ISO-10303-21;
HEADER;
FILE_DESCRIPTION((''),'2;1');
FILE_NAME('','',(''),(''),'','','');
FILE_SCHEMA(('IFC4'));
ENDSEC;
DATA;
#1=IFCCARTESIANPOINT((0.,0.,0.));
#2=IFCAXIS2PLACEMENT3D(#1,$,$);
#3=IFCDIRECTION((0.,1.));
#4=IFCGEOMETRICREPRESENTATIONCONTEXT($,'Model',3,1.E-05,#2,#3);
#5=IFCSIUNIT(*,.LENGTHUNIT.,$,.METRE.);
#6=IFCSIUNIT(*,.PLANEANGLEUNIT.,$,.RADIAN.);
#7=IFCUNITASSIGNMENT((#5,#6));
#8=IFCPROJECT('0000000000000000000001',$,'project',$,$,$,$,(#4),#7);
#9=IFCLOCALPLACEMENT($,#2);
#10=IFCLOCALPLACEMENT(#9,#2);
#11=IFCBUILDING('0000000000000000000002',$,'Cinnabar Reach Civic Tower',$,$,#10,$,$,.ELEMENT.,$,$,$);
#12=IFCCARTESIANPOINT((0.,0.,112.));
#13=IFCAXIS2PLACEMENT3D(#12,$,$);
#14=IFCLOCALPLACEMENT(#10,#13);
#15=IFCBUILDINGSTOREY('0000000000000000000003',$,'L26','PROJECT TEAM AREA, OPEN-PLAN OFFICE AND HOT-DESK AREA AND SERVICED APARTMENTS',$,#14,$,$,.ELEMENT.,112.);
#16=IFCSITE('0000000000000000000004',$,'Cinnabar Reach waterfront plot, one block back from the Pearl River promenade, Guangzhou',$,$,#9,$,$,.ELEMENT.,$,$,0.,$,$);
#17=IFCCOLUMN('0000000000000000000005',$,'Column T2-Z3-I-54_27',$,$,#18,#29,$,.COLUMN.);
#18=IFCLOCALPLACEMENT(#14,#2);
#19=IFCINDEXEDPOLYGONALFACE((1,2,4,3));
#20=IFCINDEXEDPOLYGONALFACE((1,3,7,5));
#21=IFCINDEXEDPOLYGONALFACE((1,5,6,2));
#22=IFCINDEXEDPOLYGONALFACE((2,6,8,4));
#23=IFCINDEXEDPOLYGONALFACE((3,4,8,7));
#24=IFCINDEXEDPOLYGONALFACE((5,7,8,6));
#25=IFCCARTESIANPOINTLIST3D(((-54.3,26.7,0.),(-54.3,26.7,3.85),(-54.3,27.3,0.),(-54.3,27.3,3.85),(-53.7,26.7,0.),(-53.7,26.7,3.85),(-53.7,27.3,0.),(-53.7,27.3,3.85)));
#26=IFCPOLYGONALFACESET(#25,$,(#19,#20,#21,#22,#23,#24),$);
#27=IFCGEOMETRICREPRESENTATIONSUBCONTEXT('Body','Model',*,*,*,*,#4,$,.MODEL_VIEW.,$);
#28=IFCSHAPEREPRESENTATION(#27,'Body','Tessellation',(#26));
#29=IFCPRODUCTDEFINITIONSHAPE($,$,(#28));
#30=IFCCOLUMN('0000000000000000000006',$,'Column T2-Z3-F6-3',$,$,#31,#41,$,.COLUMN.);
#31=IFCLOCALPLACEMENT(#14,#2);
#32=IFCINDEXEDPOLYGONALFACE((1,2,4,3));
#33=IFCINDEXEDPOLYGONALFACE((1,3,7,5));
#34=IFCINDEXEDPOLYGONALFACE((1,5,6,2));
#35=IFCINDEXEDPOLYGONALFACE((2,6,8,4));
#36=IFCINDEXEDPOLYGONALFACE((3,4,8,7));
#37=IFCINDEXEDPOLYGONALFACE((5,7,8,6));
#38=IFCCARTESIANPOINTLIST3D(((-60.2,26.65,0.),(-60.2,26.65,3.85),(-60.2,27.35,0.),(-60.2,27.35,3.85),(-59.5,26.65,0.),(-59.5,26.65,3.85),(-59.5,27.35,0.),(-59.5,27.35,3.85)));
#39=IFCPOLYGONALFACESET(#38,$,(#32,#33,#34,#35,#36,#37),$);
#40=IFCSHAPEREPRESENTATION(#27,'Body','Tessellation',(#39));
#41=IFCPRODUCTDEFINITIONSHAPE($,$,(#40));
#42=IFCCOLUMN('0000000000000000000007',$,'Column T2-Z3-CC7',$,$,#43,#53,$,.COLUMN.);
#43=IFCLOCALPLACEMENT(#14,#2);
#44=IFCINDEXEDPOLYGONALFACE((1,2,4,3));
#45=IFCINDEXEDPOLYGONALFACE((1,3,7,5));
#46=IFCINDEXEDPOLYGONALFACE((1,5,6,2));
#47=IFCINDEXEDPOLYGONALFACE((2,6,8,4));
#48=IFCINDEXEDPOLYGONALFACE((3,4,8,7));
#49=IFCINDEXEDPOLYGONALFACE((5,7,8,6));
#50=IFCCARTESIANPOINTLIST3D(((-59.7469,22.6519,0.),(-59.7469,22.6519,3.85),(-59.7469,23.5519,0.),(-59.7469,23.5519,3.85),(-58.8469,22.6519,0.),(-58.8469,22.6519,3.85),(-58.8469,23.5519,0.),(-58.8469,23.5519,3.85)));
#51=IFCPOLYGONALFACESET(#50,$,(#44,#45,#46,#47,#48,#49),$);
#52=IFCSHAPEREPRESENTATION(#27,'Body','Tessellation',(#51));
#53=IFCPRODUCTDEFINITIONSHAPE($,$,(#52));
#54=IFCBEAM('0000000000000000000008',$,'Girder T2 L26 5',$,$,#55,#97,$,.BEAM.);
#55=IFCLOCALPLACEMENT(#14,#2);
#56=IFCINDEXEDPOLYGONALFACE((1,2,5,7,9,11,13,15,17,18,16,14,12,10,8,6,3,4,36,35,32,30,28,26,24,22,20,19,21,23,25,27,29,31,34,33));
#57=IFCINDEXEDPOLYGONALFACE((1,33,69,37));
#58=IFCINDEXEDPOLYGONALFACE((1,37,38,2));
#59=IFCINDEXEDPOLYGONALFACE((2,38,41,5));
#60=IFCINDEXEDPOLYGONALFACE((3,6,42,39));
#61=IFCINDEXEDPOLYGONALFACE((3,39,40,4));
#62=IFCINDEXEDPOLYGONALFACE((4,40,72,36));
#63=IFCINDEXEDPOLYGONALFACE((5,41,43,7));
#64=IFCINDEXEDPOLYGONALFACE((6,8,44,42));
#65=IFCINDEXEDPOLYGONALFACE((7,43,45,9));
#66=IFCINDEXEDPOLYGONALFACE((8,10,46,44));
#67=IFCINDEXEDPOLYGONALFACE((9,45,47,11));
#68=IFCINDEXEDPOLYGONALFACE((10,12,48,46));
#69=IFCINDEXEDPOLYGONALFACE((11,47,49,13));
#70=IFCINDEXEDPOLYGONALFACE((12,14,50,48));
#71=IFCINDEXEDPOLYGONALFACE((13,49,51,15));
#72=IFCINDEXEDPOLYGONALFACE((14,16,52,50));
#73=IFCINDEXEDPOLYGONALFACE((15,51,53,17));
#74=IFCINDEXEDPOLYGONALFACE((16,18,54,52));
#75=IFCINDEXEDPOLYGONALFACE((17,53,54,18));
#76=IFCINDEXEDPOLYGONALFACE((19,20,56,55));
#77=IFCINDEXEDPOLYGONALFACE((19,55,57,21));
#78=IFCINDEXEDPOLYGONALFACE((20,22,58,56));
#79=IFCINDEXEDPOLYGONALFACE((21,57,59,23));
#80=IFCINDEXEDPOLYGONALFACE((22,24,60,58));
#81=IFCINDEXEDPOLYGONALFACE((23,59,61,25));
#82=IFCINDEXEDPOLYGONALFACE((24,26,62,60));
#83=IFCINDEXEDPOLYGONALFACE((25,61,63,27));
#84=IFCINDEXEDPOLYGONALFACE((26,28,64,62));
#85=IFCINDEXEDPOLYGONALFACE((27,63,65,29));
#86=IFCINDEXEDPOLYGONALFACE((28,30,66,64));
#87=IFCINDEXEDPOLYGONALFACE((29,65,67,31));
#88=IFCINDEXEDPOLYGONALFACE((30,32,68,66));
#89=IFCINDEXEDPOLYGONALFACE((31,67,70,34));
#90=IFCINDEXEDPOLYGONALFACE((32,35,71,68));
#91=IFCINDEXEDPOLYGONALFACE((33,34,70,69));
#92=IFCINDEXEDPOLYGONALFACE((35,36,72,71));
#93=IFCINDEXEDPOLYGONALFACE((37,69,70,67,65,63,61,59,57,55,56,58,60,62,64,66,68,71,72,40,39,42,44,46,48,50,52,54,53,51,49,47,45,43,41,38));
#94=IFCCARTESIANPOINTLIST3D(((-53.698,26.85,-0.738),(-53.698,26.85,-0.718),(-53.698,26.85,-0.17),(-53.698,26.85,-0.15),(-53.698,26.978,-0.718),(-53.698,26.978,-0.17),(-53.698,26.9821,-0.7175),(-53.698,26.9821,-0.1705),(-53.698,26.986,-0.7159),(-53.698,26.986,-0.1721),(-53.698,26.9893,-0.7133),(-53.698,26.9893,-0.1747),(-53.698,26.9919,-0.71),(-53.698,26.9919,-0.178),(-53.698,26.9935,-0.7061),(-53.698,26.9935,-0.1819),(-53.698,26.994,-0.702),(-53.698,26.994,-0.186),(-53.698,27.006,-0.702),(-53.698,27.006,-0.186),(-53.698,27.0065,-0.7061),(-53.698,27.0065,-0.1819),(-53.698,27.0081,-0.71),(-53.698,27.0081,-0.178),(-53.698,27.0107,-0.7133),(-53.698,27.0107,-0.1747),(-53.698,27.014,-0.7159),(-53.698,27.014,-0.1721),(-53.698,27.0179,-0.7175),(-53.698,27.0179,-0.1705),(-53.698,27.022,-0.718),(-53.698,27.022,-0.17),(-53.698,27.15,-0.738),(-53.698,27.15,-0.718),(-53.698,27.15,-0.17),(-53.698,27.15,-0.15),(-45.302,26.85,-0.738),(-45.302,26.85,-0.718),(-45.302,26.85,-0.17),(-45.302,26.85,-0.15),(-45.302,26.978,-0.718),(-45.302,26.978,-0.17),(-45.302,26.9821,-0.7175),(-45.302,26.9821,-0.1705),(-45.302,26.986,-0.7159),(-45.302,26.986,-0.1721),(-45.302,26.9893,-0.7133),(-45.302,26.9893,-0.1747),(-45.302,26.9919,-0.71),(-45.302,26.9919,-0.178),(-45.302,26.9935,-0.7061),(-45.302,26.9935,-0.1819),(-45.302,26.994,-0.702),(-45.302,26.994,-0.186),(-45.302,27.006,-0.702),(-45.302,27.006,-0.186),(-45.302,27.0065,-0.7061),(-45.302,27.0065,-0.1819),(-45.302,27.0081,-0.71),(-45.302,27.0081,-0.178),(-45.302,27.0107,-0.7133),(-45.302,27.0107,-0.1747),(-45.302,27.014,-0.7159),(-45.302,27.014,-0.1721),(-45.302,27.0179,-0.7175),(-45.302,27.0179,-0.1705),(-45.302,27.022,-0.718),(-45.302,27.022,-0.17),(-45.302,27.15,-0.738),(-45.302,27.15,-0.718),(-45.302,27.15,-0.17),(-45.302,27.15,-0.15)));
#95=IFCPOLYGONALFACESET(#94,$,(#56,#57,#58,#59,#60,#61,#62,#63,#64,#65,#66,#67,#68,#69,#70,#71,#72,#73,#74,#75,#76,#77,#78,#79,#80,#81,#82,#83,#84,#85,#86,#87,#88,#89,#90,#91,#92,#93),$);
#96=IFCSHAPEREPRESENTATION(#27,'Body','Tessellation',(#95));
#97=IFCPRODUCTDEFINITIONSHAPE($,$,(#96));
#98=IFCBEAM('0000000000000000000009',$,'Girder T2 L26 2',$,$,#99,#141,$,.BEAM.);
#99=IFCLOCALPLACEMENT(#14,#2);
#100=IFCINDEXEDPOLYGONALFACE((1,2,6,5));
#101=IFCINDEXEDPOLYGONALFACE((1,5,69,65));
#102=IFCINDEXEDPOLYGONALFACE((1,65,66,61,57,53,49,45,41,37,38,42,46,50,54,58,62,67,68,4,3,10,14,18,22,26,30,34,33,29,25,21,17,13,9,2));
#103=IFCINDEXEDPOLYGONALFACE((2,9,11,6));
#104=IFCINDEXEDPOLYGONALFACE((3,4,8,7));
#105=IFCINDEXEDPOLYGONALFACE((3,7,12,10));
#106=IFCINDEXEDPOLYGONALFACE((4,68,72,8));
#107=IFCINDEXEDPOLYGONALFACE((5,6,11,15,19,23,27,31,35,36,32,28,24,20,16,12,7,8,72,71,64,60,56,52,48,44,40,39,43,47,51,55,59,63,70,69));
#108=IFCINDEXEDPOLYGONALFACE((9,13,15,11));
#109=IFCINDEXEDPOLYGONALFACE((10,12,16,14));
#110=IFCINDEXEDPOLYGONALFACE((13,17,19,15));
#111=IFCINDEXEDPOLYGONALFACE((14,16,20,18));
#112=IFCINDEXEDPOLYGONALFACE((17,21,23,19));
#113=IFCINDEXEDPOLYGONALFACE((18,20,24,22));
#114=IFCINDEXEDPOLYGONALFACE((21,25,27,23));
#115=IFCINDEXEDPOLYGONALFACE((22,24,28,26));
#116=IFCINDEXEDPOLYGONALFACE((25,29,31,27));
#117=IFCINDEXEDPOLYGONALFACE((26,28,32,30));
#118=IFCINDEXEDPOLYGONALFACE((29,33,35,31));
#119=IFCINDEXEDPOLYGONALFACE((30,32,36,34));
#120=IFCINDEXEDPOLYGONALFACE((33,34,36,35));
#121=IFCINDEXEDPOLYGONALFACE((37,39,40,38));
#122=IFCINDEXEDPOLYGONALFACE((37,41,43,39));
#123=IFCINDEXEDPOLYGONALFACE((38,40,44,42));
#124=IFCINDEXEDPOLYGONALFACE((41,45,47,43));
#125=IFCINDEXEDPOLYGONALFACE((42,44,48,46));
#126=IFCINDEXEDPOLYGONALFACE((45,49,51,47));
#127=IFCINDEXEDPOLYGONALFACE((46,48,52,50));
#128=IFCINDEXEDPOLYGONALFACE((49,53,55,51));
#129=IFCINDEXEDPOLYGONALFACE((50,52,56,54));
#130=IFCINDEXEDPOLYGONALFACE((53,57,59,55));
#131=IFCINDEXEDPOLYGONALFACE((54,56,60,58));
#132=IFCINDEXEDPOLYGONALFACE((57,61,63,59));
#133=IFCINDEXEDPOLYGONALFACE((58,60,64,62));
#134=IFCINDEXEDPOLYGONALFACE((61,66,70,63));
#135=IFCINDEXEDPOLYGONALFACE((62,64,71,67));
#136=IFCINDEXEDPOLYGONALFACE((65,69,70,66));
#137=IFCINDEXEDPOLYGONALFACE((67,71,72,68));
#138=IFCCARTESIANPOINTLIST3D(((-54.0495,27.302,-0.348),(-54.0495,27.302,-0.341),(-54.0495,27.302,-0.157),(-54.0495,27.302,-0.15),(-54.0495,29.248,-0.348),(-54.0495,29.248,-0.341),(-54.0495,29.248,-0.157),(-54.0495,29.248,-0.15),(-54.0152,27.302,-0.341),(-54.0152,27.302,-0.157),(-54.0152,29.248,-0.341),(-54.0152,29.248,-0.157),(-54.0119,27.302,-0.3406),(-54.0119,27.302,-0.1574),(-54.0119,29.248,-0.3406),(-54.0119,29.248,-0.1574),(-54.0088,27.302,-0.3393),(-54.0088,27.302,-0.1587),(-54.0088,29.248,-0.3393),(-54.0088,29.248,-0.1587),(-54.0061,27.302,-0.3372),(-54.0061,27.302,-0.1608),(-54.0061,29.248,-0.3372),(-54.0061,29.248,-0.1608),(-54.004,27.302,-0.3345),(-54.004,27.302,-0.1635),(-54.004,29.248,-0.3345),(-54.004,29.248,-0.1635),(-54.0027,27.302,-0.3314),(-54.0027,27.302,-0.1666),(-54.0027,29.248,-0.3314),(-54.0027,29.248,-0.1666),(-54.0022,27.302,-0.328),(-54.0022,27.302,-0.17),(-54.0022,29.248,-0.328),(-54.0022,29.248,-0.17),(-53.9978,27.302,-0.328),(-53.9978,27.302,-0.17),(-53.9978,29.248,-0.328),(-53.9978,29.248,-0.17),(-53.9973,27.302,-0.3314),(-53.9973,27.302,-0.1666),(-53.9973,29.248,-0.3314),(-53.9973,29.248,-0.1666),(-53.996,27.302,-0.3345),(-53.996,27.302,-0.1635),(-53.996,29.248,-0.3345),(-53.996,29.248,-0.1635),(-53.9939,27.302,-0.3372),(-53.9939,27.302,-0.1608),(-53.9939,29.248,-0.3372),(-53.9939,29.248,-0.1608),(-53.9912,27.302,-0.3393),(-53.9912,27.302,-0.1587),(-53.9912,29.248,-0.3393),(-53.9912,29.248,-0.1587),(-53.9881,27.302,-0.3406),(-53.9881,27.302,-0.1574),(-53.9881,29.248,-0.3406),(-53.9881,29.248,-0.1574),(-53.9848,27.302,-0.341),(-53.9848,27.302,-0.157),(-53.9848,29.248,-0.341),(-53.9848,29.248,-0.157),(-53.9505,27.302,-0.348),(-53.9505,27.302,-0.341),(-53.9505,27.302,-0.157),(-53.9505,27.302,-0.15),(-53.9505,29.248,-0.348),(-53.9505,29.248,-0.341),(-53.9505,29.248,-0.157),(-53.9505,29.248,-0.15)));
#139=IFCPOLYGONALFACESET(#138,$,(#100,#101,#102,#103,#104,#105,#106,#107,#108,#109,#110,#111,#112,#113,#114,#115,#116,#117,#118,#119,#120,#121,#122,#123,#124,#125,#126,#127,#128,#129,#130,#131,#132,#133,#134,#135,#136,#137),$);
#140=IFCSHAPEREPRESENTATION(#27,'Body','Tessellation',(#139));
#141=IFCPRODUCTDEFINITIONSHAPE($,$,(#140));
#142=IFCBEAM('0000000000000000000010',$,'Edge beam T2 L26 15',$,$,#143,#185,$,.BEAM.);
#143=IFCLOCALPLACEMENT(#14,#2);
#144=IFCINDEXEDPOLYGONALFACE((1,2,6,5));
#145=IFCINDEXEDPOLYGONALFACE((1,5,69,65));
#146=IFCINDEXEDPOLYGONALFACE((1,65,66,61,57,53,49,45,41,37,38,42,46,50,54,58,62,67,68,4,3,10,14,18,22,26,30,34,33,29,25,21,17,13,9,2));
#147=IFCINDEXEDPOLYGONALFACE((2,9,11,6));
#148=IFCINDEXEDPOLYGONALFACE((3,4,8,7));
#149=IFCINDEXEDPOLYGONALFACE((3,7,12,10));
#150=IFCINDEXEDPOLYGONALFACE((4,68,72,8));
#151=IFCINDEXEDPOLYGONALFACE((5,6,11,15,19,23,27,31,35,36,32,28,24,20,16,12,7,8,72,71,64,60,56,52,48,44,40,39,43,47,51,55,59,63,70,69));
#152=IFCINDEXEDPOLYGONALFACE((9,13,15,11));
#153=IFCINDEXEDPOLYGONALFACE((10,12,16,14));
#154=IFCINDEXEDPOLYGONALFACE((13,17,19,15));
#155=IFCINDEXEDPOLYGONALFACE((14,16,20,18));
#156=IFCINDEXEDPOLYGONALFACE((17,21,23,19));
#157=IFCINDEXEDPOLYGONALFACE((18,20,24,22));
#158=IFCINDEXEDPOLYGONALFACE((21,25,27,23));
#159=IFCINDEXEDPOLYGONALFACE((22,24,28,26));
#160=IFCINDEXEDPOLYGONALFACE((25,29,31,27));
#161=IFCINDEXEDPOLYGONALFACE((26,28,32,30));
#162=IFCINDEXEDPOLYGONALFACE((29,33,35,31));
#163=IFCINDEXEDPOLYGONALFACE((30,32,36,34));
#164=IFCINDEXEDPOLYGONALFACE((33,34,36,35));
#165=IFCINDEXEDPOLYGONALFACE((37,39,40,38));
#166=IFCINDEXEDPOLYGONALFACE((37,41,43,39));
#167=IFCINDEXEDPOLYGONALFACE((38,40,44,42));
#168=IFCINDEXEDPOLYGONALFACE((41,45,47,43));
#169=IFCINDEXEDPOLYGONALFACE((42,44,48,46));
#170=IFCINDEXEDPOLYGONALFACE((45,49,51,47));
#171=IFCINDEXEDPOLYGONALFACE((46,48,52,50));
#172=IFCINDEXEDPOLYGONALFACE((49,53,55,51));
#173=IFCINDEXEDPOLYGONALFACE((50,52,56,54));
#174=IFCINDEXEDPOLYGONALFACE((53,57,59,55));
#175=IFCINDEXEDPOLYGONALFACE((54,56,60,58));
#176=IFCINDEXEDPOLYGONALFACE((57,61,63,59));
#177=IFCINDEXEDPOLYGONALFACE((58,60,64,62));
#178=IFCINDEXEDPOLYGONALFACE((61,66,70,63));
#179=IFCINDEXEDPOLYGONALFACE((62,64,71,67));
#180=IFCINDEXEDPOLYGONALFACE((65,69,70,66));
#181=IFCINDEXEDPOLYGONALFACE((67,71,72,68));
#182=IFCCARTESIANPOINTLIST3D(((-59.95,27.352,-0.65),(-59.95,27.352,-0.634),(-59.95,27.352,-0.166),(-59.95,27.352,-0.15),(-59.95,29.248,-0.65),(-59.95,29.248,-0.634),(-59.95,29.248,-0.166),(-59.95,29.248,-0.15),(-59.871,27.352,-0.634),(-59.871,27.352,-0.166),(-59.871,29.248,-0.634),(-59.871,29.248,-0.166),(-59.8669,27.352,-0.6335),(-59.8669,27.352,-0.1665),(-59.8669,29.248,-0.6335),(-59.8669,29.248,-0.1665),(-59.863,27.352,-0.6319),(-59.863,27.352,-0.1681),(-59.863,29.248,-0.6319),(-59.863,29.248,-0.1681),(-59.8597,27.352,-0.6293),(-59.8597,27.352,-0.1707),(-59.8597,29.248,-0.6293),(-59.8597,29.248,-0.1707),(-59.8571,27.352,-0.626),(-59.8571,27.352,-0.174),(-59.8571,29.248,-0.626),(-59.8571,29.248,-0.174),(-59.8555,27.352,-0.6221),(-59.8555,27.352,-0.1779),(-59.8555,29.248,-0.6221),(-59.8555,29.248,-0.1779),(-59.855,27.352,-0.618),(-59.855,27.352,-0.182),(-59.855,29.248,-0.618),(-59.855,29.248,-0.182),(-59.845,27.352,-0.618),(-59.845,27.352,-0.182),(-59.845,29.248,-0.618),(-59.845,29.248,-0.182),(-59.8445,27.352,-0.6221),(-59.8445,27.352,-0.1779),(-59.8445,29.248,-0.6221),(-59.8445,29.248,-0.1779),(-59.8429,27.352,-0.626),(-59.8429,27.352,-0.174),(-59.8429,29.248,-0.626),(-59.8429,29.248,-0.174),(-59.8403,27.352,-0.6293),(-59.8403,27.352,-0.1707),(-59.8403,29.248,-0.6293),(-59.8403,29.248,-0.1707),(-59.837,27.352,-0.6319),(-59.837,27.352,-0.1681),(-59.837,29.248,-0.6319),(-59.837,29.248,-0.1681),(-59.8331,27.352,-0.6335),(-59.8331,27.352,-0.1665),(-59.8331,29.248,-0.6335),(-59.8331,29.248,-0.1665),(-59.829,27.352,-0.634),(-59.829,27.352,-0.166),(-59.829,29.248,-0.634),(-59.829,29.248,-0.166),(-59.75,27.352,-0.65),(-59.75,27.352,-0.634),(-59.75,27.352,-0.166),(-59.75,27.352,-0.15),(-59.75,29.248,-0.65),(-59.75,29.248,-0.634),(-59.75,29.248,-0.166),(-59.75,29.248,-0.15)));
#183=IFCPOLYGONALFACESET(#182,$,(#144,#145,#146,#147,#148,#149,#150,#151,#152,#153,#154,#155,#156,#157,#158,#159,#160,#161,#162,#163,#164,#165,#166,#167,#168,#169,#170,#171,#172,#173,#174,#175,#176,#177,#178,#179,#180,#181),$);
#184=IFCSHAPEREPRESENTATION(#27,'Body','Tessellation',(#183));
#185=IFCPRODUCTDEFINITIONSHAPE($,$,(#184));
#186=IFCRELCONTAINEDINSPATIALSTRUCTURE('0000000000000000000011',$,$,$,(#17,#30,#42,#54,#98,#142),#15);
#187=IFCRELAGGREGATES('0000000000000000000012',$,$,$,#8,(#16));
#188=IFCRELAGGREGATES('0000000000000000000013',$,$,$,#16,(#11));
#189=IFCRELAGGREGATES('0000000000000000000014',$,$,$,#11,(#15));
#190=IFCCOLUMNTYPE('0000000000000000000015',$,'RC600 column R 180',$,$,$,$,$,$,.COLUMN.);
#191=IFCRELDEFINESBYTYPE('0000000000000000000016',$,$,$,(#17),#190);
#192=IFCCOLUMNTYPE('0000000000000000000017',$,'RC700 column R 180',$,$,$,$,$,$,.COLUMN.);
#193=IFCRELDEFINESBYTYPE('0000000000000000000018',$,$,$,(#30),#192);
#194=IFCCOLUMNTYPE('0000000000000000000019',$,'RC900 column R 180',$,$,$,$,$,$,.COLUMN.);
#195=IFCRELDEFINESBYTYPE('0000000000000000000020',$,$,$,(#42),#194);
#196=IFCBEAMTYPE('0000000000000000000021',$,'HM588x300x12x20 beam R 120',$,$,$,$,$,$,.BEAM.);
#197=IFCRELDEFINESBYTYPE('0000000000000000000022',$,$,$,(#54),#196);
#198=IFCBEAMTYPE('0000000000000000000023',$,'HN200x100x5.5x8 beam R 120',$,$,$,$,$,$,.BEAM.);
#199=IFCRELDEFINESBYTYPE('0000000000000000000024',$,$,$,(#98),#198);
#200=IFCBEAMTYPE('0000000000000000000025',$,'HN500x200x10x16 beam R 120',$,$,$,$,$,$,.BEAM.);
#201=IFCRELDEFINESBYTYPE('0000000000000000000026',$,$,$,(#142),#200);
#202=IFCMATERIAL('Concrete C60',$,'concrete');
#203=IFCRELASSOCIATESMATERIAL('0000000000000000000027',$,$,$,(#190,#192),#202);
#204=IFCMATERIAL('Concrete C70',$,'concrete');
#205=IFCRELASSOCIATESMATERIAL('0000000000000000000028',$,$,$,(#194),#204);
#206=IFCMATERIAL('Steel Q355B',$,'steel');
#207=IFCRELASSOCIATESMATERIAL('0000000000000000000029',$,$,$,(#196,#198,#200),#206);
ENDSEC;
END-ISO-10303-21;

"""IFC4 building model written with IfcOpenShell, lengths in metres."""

from ifc_helpers import new_model, si_unit, direction, frame, origin, origin_2d, place, context, subcontext, project, spatial, rectangle, i_section, extrude, material, material_profile, profile_set, type_object, element, save


model = new_model("IFC4")

# Units and contexts
model_context = context("Model", 3, precision=1e-05, world=origin(), true_north=direction((0.0, 1.0)))
body_context = subcontext(model_context, "Body", "Model", "MODEL_VIEW")
ifc_project = project(units=[si_unit("LENGTHUNIT", "METRE"), si_unit("PLANEANGLEUNIT", "RADIAN")], contexts=[model_context])

# Site, building, storey
site_placement = place(None, origin())
site = spatial("IfcSite", under=ifc_project, at=site_placement, Name="Cinnabar Reach waterfront plot, one block back from the Pearl River promenade, Guangzhou", CompositionType="ELEMENT", RefElevation=0.0)
building_placement = place(site_placement, origin())
building = spatial("IfcBuilding", under=site, at=building_placement, Name="Cinnabar Reach Civic Tower", CompositionType="ELEMENT")
storey_placement = place(building_placement, frame((0.0, 0.0, 112.0)))
storey = spatial("IfcBuildingStorey", under=building, at=storey_placement, Name="L26", Description="PROJECT TEAM AREA, OPEN-PLAN OFFICE AND HOT-DESK AREA AND SERVICED APARTMENTS", CompositionType="ELEMENT", Elevation=112.0)

# Columns
ifc_material_1 = material(Name="Concrete C60", Category="concrete")
ifc_material_profile_1 = material_profile(ifc_material_1, rectangle(XDim=0.6, YDim=0.6, at=origin_2d()), Name="RC600")
ifc_profile_set_1 = profile_set([ifc_material_profile_1], Name="Concrete C60")
column_type_1 = type_object("IfcColumnType", Name="RC600 column R 180", PredefinedType="COLUMN", material=ifc_profile_set_1)
column_1_placement = place(storey_placement, frame((-54.0, 27.0, 0.0), z_axis=(0.0, 0.0, 1.0), x_axis=(1.0, 0.0, 0.0)))
element("IfcColumn", 1, at=column_1_placement, inside=storey, type_object=column_type_1, Name="Column T2-Z3-I-54_27", PredefinedType="COLUMN", context=body_context, shape_type="SweptSolid", body=[
    extrude(rectangle(XDim=0.6, YDim=0.6, at=origin_2d()), origin(), (0.0, 0.0, 1.0), 3.85),
])
ifc_material_profile_2 = material_profile(ifc_material_1, rectangle(XDim=0.7, YDim=0.7, at=origin_2d()), Name="RC700")
ifc_profile_set_2 = profile_set([ifc_material_profile_2], Name="Concrete C60")
column_type_2 = type_object("IfcColumnType", Name="RC700 column R 180", PredefinedType="COLUMN", material=ifc_profile_set_2)
column_2_placement = place(storey_placement, frame((-59.85, 27.0, 0.0), z_axis=(0.0, 0.0, 1.0), x_axis=(1.0, 0.0, 0.0)))
element("IfcColumn", 2, at=column_2_placement, inside=storey, type_object=column_type_2, Name="Column T2-Z3-F6-3", PredefinedType="COLUMN", context=body_context, shape_type="SweptSolid", body=[
    extrude(rectangle(XDim=0.7, YDim=0.7, at=origin_2d()), origin(), (0.0, 0.0, 1.0), 3.85),
])
ifc_material_2 = material(Name="Concrete C70", Category="concrete")
ifc_material_profile_3 = material_profile(ifc_material_2, rectangle(XDim=0.9, YDim=0.9, at=origin_2d()), Name="RC900")
ifc_profile_set_3 = profile_set([ifc_material_profile_3], Name="Concrete C70")
column_type_3 = type_object("IfcColumnType", Name="RC900 column R 180", PredefinedType="COLUMN", material=ifc_profile_set_3)
column_3_placement = place(storey_placement, frame((-59.2969, 23.1019, 0.0), z_axis=(0.0, 0.0, 1.0), x_axis=(1.0, 0.0, 0.0)))
element("IfcColumn", 3, at=column_3_placement, inside=storey, type_object=column_type_3, Name="Column T2-Z3-CC7", PredefinedType="COLUMN", context=body_context, shape_type="SweptSolid", body=[
    extrude(rectangle(XDim=0.9, YDim=0.9, at=origin_2d()), origin(), (0.0, 0.0, 1.0), 3.85),
])

# Beams
ifc_material_3 = material(Name="Steel Q355B", Category="steel")
ifc_material_profile_4 = material_profile(ifc_material_3, i_section(OverallWidth=0.3, OverallDepth=0.588, WebThickness=0.012, FlangeThickness=0.02, FilletRadius=0.016, at=origin_2d()), Name="HM588x300x12x20")
ifc_profile_set_4 = profile_set([ifc_material_profile_4], Name="Steel Q355B")
beam_type_1 = type_object("IfcBeamType", Name="HM588x300x12x20 beam R 120", PredefinedType="BEAM", material=ifc_profile_set_4)
beam_1_placement = place(storey_placement, frame((-53.698, 27.0, -0.444), z_axis=(1.0, 0.0, 0.0), x_axis=(0.0, 1.0, 0.0)))
element("IfcBeam", 4, at=beam_1_placement, inside=storey, type_object=beam_type_1, Name="Girder T2 L26 5", PredefinedType="BEAM", context=body_context, shape_type="SweptSolid", body=[
    extrude(i_section(OverallWidth=0.3, OverallDepth=0.588, WebThickness=0.012, FlangeThickness=0.02, FilletRadius=0.016, at=origin_2d()), origin(), (0.0, 0.0, 1.0), 8.396),
])
ifc_material_profile_5 = material_profile(ifc_material_3, i_section(OverallWidth=0.099, OverallDepth=0.198, WebThickness=0.0045, FlangeThickness=0.007, FilletRadius=0.013, at=origin_2d()), Name="HN200x100x5.5x8")
ifc_profile_set_5 = profile_set([ifc_material_profile_5], Name="Steel Q355B")
beam_type_2 = type_object("IfcBeamType", Name="HN200x100x5.5x8 beam R 120", PredefinedType="BEAM", material=ifc_profile_set_5)
beam_2_placement = place(storey_placement, frame((-54.0, 27.302, -0.249), z_axis=(0.0, 1.0, 0.0), x_axis=(-1.0, 0.0, 0.0)))
element("IfcBeam", 5, at=beam_2_placement, inside=storey, type_object=beam_type_2, Name="Girder T2 L26 2", PredefinedType="BEAM", context=body_context, shape_type="SweptSolid", body=[
    extrude(i_section(OverallWidth=0.099, OverallDepth=0.198, WebThickness=0.0045, FlangeThickness=0.007, FilletRadius=0.013, at=origin_2d()), origin(), (0.0, 0.0, 1.0), 1.946),
])
ifc_material_profile_6 = material_profile(ifc_material_3, i_section(OverallWidth=0.2, OverallDepth=0.5, WebThickness=0.01, FlangeThickness=0.016, FilletRadius=0.016, at=origin_2d()), Name="HN500x200x10x16")
ifc_profile_set_6 = profile_set([ifc_material_profile_6], Name="Steel Q355B")
beam_type_3 = type_object("IfcBeamType", Name="HN500x200x10x16 beam R 120", PredefinedType="BEAM", material=ifc_profile_set_6)
beam_3_placement = place(storey_placement, frame((-59.85, 29.248, -0.4), z_axis=(0.0, -1.0, 0.0), x_axis=(1.0, 0.0, 0.0)))
element("IfcBeam", 6, at=beam_3_placement, inside=storey, type_object=beam_type_3, Name="Edge beam T2 L26 15", PredefinedType="BEAM", context=body_context, shape_type="SweptSolid", body=[
    extrude(i_section(OverallWidth=0.2, OverallDepth=0.5, WebThickness=0.01, FlangeThickness=0.016, FilletRadius=0.016, at=origin_2d()), origin(), (0.0, 0.0, 1.0), 1.896),
])

save(model, "model.ifc")
